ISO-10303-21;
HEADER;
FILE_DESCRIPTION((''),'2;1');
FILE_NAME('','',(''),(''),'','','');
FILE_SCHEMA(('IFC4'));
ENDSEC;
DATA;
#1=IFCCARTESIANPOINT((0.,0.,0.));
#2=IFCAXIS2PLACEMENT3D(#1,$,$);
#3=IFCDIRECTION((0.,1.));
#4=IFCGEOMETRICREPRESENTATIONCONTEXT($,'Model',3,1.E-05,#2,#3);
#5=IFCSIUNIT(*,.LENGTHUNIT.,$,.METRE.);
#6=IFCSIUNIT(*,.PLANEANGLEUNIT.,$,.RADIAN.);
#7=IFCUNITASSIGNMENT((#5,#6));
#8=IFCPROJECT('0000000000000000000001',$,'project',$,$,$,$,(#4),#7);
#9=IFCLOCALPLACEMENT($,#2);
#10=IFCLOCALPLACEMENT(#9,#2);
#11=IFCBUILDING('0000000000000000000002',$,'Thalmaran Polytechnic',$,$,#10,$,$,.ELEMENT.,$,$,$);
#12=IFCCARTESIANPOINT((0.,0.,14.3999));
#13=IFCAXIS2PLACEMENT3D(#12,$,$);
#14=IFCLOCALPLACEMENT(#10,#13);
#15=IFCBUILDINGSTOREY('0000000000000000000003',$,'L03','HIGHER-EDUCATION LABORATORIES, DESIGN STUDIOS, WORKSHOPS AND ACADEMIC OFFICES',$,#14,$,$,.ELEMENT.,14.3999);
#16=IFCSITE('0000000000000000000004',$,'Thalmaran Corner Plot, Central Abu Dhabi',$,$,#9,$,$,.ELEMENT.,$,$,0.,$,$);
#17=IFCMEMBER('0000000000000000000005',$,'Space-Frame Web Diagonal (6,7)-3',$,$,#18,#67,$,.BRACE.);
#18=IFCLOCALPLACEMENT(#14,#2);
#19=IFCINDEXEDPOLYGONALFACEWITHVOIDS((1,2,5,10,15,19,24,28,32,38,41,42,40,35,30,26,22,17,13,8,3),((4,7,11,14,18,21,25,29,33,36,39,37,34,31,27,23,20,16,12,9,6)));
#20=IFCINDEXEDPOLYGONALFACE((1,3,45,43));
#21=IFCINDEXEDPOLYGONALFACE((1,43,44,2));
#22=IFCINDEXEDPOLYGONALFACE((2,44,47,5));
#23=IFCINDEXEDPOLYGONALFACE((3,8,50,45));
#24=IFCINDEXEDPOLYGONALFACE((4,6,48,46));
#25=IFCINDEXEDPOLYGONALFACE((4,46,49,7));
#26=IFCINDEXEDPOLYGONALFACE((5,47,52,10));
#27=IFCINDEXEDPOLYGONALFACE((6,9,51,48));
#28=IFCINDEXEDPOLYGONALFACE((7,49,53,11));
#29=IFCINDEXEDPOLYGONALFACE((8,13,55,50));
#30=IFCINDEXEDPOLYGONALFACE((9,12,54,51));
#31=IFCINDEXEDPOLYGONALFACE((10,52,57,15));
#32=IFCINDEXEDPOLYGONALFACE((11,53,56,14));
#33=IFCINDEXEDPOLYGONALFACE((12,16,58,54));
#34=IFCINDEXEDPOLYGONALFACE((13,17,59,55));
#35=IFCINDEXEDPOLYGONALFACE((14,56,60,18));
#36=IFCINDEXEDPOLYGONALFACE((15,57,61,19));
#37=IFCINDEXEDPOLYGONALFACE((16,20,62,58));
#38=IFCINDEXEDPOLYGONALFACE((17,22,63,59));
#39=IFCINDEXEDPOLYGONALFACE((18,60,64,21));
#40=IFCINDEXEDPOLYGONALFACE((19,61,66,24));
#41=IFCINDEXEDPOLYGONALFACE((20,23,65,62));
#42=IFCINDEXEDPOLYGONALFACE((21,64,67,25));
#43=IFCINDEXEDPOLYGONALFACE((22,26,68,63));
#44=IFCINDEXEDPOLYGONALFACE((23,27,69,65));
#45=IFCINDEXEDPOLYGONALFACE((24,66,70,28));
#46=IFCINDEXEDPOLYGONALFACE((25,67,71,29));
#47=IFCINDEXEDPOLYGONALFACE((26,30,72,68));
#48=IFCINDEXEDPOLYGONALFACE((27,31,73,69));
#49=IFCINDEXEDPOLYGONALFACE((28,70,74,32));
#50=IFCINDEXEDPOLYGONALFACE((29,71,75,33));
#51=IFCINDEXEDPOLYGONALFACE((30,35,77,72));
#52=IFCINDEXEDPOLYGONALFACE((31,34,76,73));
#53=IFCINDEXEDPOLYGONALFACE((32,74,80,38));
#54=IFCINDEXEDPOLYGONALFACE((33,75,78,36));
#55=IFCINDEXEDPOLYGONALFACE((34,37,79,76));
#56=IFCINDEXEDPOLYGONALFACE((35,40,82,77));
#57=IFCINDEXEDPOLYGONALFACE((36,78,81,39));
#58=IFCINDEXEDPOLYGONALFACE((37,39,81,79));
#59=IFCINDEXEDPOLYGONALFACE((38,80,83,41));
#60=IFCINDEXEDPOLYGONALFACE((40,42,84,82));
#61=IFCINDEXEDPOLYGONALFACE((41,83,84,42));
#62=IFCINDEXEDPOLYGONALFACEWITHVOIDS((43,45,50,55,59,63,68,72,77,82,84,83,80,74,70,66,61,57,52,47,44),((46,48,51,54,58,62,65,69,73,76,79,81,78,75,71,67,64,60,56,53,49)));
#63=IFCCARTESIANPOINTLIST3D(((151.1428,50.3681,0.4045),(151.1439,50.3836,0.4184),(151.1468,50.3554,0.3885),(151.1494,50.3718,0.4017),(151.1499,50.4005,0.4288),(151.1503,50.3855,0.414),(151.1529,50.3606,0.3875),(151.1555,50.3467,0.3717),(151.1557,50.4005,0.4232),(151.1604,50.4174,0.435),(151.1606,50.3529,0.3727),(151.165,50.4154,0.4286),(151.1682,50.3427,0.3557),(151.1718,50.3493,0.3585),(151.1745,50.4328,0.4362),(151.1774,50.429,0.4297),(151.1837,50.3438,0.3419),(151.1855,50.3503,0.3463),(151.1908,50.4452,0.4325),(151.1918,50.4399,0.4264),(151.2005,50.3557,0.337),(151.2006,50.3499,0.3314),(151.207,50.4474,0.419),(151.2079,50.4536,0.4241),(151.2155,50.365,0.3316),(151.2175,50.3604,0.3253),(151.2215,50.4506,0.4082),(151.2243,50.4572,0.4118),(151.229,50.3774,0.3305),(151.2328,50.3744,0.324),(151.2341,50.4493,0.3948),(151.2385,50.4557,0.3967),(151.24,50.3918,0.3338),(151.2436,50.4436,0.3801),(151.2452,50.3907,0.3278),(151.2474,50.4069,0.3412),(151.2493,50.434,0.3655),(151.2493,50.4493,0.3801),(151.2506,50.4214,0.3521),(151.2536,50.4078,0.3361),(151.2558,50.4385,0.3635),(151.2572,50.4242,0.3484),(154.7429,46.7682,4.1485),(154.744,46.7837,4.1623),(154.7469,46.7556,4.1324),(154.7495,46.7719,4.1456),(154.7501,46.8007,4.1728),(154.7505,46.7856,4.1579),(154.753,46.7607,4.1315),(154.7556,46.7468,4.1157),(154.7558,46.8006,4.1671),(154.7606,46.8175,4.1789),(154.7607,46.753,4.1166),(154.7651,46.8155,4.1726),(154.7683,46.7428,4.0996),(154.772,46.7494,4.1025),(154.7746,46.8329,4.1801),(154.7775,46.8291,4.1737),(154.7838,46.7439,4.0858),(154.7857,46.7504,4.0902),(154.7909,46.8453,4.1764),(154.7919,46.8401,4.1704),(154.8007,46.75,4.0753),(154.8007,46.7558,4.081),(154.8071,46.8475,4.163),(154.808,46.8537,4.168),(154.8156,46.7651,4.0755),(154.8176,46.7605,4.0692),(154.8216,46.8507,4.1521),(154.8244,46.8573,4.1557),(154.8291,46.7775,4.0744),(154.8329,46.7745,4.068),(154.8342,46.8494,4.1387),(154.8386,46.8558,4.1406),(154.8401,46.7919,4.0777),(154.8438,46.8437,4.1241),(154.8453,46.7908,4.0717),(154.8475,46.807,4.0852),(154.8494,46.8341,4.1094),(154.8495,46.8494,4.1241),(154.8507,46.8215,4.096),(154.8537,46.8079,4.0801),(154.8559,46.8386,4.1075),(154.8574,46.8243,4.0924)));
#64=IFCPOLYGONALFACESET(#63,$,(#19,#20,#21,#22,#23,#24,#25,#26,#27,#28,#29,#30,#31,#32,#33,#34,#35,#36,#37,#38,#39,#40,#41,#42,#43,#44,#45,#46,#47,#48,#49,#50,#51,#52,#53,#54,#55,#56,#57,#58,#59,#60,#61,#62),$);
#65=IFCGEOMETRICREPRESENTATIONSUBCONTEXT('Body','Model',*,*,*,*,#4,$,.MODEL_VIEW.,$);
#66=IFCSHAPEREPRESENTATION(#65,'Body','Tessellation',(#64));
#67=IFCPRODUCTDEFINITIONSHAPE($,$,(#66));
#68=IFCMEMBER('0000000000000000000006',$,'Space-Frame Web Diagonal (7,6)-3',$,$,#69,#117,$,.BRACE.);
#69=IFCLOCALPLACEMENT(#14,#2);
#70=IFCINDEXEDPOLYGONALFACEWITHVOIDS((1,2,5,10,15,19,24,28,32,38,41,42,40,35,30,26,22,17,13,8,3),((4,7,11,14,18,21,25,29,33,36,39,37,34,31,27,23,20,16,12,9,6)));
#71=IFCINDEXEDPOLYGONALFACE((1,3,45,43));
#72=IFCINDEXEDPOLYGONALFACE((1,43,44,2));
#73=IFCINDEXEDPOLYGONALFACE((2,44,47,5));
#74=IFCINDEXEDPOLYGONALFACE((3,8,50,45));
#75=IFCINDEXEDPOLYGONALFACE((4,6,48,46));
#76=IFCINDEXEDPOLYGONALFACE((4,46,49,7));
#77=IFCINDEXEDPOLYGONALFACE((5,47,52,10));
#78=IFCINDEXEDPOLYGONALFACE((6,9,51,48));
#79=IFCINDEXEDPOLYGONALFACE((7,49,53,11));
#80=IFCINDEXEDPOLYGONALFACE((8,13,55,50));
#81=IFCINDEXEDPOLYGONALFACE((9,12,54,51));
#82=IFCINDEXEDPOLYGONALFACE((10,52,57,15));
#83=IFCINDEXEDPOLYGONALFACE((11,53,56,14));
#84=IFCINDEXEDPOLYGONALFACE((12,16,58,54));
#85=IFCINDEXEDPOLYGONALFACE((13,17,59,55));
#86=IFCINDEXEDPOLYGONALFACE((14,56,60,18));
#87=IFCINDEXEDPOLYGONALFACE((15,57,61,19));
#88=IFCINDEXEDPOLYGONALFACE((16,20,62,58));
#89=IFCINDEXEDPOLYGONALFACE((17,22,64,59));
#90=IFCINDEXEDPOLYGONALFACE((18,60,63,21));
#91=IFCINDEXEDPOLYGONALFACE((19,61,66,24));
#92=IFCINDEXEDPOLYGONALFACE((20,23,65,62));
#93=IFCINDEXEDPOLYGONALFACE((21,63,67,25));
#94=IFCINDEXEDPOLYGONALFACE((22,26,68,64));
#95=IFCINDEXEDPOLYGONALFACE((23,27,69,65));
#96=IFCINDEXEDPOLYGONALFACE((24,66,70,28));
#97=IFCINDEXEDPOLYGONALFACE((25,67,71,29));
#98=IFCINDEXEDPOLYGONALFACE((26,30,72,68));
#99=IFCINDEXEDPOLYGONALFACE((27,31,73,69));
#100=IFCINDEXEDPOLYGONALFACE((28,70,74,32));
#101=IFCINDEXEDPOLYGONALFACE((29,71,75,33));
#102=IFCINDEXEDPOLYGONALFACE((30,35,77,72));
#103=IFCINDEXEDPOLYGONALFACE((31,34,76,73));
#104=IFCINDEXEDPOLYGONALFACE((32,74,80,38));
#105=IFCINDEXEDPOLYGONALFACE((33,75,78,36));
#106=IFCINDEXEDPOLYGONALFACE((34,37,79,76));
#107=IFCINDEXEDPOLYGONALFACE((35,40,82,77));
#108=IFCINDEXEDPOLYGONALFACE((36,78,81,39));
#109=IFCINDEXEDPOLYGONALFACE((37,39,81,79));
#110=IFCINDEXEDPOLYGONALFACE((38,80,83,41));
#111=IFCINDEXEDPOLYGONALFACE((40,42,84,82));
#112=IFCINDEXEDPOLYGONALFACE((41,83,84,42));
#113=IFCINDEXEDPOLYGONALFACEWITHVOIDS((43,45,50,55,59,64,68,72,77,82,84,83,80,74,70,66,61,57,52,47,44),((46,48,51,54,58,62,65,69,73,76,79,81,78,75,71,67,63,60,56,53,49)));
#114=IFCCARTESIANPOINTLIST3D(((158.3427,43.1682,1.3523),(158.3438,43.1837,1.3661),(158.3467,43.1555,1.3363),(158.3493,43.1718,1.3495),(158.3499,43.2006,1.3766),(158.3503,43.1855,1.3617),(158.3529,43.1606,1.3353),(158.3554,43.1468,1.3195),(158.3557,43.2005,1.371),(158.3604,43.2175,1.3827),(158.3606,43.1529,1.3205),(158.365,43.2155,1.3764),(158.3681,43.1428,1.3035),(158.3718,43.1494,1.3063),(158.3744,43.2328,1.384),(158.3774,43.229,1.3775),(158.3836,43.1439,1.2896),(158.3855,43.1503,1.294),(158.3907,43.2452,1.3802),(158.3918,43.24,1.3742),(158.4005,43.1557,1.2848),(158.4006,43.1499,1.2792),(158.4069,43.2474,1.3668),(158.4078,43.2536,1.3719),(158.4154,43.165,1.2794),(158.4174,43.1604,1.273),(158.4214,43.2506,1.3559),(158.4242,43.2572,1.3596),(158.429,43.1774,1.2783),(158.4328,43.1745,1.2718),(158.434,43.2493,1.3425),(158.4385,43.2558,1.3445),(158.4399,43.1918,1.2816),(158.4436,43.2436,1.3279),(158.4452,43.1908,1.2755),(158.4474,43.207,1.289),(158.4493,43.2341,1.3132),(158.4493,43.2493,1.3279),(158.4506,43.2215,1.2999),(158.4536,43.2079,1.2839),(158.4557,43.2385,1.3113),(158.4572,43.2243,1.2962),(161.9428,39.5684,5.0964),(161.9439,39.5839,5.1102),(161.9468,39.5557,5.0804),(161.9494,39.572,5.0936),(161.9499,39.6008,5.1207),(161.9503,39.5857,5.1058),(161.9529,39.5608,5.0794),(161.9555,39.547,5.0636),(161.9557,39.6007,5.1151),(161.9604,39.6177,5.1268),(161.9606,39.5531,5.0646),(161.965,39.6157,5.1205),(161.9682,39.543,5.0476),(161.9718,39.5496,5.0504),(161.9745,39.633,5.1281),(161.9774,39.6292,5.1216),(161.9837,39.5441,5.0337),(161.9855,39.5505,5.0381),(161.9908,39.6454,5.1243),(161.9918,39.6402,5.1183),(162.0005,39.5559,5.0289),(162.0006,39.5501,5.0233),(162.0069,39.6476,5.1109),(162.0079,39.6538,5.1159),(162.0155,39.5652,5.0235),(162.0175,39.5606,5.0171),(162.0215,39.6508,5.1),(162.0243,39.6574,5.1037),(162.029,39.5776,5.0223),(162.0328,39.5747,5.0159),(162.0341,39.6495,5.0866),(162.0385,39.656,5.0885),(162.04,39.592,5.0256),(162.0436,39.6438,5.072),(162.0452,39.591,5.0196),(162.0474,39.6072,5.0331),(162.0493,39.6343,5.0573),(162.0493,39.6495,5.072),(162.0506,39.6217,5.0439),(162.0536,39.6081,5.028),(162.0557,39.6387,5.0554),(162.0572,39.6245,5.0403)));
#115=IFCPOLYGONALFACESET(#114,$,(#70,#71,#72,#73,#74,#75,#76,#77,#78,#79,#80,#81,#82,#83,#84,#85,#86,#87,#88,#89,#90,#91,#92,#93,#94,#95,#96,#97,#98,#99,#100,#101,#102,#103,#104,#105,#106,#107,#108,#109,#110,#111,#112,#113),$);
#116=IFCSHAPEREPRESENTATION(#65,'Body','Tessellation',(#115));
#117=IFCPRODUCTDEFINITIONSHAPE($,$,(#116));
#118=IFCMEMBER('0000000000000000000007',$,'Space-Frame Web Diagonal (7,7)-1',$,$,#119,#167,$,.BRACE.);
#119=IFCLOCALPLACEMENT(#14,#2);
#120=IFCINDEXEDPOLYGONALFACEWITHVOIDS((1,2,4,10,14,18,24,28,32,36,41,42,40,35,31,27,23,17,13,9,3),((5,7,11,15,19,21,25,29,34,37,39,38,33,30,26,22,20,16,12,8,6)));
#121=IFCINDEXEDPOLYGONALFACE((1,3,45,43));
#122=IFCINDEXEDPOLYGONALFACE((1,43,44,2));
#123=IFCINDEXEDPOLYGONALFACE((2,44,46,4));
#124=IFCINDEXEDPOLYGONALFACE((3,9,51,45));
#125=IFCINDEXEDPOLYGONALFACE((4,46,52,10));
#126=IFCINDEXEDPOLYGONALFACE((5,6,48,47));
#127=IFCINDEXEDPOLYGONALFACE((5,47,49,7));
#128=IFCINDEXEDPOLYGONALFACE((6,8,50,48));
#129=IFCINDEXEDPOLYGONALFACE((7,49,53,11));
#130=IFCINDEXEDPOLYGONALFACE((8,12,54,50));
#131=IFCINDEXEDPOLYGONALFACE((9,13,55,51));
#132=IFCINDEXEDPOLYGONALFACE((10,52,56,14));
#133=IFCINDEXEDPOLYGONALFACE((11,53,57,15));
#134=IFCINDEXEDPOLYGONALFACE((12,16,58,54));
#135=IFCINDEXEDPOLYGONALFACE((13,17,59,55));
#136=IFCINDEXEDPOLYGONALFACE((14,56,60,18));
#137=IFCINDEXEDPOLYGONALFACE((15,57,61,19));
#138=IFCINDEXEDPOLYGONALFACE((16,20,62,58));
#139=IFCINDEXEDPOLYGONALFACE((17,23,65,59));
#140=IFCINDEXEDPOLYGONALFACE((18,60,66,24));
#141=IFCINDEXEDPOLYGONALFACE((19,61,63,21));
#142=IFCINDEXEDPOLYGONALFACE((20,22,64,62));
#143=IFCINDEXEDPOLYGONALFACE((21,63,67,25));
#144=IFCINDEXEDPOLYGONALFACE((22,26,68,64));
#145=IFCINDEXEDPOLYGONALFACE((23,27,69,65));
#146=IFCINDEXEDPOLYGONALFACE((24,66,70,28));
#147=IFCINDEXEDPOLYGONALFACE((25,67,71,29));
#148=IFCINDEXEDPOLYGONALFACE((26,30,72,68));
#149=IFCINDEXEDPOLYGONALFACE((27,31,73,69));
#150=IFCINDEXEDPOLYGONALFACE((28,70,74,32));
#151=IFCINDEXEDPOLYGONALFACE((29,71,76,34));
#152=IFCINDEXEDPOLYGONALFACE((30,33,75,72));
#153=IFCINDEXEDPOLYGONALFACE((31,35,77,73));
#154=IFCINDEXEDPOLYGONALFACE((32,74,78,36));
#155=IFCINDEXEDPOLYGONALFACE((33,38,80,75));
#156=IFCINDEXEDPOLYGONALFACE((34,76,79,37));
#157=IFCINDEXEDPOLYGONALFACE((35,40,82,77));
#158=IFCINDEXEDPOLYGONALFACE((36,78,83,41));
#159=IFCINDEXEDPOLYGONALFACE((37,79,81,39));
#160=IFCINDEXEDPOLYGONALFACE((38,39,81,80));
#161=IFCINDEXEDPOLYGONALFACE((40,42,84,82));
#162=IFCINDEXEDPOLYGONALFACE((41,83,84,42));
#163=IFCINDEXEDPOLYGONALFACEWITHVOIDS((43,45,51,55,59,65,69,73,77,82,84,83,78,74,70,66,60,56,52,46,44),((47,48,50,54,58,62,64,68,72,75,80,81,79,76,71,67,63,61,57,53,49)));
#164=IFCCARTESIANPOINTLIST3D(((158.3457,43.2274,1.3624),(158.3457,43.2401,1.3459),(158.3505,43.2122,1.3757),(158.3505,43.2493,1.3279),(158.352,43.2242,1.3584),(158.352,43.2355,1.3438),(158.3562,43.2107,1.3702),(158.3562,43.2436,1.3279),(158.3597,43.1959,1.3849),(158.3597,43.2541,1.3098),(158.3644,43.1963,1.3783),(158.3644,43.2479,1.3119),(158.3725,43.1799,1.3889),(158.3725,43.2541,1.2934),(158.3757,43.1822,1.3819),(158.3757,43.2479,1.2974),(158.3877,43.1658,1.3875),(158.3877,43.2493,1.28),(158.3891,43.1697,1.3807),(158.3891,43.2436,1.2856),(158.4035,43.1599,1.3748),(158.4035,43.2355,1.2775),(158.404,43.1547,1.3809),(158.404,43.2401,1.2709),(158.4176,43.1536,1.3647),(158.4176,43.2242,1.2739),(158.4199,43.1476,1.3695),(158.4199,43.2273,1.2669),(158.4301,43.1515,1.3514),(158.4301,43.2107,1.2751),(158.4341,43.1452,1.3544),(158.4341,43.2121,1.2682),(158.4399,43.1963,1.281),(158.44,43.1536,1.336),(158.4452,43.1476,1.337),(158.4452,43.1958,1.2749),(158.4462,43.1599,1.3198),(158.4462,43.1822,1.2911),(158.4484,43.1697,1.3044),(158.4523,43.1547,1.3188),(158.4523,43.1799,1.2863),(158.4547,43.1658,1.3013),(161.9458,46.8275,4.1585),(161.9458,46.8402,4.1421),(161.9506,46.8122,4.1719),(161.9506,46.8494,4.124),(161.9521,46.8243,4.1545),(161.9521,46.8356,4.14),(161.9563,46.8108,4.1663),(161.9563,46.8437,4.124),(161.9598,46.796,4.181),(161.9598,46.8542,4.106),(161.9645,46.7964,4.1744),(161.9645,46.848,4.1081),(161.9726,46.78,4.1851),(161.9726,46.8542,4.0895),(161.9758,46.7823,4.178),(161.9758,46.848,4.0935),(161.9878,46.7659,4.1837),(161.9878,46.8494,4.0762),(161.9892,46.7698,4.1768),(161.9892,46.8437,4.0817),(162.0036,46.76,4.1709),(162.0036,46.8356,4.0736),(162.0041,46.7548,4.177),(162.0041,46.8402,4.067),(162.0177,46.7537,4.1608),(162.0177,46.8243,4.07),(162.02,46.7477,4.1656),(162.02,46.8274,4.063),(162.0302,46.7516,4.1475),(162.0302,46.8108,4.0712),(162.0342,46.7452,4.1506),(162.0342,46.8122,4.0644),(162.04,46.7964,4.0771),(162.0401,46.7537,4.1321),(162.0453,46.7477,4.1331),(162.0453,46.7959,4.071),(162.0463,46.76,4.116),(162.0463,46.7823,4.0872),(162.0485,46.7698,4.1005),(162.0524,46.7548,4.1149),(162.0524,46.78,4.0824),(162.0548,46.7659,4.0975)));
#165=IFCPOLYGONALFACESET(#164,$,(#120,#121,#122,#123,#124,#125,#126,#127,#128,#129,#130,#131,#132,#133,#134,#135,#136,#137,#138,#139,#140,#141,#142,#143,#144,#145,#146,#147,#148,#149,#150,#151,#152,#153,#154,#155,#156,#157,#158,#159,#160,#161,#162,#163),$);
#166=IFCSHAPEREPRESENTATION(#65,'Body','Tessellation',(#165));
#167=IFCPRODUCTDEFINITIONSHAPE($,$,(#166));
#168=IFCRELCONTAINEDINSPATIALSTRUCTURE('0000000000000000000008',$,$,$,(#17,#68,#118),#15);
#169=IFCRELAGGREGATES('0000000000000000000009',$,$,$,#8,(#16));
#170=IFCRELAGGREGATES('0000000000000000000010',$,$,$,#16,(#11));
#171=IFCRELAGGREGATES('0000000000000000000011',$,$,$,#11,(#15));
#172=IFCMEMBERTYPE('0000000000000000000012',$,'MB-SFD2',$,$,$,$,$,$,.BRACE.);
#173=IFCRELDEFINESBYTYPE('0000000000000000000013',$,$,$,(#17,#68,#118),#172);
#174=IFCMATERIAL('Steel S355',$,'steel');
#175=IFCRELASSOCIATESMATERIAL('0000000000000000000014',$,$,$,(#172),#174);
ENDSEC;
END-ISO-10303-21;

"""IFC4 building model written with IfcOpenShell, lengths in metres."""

from ifc_helpers import new_model, si_unit, direction, frame, origin, origin_2d, place, context, subcontext, project, spatial, hollow_circle, extrude, material, material_profile, profile_set, type_object, element, save


model = new_model("IFC4")

# Units and contexts
model_context = context("Model", 3, precision=1e-05, world=origin(), true_north=direction((0.0, 1.0)))
body_context = subcontext(model_context, "Body", "Model", "MODEL_VIEW")
ifc_project = project(units=[si_unit("LENGTHUNIT", "METRE"), si_unit("PLANEANGLEUNIT", "RADIAN")], contexts=[model_context])

# Site, building, storey
site_placement = place(None, origin())
site = spatial("IfcSite", under=ifc_project, at=site_placement, Name="Thalmaran Corner Plot, Central Abu Dhabi", CompositionType="ELEMENT", RefElevation=0.0)
building_placement = place(site_placement, origin())
building = spatial("IfcBuilding", under=site, at=building_placement, Name="Thalmaran Polytechnic", CompositionType="ELEMENT")
storey_placement = place(building_placement, frame((0.0, 0.0, 14.3999)))
storey = spatial("IfcBuildingStorey", under=building, at=storey_placement, Name="L03", Description="HIGHER-EDUCATION LABORATORIES, DESIGN STUDIOS, WORKSHOPS AND ACADEMIC OFFICES", CompositionType="ELEMENT", Elevation=14.3999)

# Shared definitions
ifc_material_1 = material(Name="Steel S355", Category="steel")

# Members
ifc_material_profile_1 = material_profile(ifc_material_1, hollow_circle(Radius=0.0698, WallThickness=0.0081, at=origin_2d()), Name="CHS 139.7x8.0")
ifc_profile_set_1 = profile_set([ifc_material_profile_1], Name="Steel S355")
member_type_1 = type_object("IfcMemberType", Name="MB-SFD2", PredefinedType="BRACE", material=ifc_profile_set_1)
for number, where, z_axis, x_axis, name in (
    (1, (151.2, 50.3999, 0.3801), (0.569678, -0.56964, 0.592433), (0.707083, 0.707131, 0.0), "Space-Frame Web Diagonal (6,7)-3"),
    (2, (158.3999, 43.2, 1.3279), (0.569665, -0.569627, 0.592458), (0.707083, 0.707131, 0.0), "Space-Frame Web Diagonal (7,6)-3"),
):
    element("IfcMember", number, at=place(storey_placement, frame(where, z_axis=z_axis, x_axis=x_axis)), inside=storey, type_object=member_type_1, Name=name, PredefinedType="BRACE", context=body_context, shape_type="SweptSolid", body=[
        extrude(hollow_circle(Radius=0.0698, WallThickness=0.0081, at=origin_2d()), origin(), (0.0, 0.0, 1.0), 6.3196),
    ])
member_1_placement = place(storey_placement, frame((158.3999, 43.2, 1.3279), z_axis=(0.619788, 0.619788, 0.48138), x_axis=(-0.707107, 0.707107, 0.0)))
element("IfcMember", 3, at=member_1_placement, inside=storey, type_object=member_type_1, Name="Space-Frame Web Diagonal (7,7)-1", PredefinedType="BRACE", context=body_context, shape_type="SweptSolid", body=[
    extrude(hollow_circle(Radius=0.0698, WallThickness=0.0081, at=origin_2d()), origin(), (0.0, 0.0, 1.0), 5.8086),
])

save(model, "model.ifc")
